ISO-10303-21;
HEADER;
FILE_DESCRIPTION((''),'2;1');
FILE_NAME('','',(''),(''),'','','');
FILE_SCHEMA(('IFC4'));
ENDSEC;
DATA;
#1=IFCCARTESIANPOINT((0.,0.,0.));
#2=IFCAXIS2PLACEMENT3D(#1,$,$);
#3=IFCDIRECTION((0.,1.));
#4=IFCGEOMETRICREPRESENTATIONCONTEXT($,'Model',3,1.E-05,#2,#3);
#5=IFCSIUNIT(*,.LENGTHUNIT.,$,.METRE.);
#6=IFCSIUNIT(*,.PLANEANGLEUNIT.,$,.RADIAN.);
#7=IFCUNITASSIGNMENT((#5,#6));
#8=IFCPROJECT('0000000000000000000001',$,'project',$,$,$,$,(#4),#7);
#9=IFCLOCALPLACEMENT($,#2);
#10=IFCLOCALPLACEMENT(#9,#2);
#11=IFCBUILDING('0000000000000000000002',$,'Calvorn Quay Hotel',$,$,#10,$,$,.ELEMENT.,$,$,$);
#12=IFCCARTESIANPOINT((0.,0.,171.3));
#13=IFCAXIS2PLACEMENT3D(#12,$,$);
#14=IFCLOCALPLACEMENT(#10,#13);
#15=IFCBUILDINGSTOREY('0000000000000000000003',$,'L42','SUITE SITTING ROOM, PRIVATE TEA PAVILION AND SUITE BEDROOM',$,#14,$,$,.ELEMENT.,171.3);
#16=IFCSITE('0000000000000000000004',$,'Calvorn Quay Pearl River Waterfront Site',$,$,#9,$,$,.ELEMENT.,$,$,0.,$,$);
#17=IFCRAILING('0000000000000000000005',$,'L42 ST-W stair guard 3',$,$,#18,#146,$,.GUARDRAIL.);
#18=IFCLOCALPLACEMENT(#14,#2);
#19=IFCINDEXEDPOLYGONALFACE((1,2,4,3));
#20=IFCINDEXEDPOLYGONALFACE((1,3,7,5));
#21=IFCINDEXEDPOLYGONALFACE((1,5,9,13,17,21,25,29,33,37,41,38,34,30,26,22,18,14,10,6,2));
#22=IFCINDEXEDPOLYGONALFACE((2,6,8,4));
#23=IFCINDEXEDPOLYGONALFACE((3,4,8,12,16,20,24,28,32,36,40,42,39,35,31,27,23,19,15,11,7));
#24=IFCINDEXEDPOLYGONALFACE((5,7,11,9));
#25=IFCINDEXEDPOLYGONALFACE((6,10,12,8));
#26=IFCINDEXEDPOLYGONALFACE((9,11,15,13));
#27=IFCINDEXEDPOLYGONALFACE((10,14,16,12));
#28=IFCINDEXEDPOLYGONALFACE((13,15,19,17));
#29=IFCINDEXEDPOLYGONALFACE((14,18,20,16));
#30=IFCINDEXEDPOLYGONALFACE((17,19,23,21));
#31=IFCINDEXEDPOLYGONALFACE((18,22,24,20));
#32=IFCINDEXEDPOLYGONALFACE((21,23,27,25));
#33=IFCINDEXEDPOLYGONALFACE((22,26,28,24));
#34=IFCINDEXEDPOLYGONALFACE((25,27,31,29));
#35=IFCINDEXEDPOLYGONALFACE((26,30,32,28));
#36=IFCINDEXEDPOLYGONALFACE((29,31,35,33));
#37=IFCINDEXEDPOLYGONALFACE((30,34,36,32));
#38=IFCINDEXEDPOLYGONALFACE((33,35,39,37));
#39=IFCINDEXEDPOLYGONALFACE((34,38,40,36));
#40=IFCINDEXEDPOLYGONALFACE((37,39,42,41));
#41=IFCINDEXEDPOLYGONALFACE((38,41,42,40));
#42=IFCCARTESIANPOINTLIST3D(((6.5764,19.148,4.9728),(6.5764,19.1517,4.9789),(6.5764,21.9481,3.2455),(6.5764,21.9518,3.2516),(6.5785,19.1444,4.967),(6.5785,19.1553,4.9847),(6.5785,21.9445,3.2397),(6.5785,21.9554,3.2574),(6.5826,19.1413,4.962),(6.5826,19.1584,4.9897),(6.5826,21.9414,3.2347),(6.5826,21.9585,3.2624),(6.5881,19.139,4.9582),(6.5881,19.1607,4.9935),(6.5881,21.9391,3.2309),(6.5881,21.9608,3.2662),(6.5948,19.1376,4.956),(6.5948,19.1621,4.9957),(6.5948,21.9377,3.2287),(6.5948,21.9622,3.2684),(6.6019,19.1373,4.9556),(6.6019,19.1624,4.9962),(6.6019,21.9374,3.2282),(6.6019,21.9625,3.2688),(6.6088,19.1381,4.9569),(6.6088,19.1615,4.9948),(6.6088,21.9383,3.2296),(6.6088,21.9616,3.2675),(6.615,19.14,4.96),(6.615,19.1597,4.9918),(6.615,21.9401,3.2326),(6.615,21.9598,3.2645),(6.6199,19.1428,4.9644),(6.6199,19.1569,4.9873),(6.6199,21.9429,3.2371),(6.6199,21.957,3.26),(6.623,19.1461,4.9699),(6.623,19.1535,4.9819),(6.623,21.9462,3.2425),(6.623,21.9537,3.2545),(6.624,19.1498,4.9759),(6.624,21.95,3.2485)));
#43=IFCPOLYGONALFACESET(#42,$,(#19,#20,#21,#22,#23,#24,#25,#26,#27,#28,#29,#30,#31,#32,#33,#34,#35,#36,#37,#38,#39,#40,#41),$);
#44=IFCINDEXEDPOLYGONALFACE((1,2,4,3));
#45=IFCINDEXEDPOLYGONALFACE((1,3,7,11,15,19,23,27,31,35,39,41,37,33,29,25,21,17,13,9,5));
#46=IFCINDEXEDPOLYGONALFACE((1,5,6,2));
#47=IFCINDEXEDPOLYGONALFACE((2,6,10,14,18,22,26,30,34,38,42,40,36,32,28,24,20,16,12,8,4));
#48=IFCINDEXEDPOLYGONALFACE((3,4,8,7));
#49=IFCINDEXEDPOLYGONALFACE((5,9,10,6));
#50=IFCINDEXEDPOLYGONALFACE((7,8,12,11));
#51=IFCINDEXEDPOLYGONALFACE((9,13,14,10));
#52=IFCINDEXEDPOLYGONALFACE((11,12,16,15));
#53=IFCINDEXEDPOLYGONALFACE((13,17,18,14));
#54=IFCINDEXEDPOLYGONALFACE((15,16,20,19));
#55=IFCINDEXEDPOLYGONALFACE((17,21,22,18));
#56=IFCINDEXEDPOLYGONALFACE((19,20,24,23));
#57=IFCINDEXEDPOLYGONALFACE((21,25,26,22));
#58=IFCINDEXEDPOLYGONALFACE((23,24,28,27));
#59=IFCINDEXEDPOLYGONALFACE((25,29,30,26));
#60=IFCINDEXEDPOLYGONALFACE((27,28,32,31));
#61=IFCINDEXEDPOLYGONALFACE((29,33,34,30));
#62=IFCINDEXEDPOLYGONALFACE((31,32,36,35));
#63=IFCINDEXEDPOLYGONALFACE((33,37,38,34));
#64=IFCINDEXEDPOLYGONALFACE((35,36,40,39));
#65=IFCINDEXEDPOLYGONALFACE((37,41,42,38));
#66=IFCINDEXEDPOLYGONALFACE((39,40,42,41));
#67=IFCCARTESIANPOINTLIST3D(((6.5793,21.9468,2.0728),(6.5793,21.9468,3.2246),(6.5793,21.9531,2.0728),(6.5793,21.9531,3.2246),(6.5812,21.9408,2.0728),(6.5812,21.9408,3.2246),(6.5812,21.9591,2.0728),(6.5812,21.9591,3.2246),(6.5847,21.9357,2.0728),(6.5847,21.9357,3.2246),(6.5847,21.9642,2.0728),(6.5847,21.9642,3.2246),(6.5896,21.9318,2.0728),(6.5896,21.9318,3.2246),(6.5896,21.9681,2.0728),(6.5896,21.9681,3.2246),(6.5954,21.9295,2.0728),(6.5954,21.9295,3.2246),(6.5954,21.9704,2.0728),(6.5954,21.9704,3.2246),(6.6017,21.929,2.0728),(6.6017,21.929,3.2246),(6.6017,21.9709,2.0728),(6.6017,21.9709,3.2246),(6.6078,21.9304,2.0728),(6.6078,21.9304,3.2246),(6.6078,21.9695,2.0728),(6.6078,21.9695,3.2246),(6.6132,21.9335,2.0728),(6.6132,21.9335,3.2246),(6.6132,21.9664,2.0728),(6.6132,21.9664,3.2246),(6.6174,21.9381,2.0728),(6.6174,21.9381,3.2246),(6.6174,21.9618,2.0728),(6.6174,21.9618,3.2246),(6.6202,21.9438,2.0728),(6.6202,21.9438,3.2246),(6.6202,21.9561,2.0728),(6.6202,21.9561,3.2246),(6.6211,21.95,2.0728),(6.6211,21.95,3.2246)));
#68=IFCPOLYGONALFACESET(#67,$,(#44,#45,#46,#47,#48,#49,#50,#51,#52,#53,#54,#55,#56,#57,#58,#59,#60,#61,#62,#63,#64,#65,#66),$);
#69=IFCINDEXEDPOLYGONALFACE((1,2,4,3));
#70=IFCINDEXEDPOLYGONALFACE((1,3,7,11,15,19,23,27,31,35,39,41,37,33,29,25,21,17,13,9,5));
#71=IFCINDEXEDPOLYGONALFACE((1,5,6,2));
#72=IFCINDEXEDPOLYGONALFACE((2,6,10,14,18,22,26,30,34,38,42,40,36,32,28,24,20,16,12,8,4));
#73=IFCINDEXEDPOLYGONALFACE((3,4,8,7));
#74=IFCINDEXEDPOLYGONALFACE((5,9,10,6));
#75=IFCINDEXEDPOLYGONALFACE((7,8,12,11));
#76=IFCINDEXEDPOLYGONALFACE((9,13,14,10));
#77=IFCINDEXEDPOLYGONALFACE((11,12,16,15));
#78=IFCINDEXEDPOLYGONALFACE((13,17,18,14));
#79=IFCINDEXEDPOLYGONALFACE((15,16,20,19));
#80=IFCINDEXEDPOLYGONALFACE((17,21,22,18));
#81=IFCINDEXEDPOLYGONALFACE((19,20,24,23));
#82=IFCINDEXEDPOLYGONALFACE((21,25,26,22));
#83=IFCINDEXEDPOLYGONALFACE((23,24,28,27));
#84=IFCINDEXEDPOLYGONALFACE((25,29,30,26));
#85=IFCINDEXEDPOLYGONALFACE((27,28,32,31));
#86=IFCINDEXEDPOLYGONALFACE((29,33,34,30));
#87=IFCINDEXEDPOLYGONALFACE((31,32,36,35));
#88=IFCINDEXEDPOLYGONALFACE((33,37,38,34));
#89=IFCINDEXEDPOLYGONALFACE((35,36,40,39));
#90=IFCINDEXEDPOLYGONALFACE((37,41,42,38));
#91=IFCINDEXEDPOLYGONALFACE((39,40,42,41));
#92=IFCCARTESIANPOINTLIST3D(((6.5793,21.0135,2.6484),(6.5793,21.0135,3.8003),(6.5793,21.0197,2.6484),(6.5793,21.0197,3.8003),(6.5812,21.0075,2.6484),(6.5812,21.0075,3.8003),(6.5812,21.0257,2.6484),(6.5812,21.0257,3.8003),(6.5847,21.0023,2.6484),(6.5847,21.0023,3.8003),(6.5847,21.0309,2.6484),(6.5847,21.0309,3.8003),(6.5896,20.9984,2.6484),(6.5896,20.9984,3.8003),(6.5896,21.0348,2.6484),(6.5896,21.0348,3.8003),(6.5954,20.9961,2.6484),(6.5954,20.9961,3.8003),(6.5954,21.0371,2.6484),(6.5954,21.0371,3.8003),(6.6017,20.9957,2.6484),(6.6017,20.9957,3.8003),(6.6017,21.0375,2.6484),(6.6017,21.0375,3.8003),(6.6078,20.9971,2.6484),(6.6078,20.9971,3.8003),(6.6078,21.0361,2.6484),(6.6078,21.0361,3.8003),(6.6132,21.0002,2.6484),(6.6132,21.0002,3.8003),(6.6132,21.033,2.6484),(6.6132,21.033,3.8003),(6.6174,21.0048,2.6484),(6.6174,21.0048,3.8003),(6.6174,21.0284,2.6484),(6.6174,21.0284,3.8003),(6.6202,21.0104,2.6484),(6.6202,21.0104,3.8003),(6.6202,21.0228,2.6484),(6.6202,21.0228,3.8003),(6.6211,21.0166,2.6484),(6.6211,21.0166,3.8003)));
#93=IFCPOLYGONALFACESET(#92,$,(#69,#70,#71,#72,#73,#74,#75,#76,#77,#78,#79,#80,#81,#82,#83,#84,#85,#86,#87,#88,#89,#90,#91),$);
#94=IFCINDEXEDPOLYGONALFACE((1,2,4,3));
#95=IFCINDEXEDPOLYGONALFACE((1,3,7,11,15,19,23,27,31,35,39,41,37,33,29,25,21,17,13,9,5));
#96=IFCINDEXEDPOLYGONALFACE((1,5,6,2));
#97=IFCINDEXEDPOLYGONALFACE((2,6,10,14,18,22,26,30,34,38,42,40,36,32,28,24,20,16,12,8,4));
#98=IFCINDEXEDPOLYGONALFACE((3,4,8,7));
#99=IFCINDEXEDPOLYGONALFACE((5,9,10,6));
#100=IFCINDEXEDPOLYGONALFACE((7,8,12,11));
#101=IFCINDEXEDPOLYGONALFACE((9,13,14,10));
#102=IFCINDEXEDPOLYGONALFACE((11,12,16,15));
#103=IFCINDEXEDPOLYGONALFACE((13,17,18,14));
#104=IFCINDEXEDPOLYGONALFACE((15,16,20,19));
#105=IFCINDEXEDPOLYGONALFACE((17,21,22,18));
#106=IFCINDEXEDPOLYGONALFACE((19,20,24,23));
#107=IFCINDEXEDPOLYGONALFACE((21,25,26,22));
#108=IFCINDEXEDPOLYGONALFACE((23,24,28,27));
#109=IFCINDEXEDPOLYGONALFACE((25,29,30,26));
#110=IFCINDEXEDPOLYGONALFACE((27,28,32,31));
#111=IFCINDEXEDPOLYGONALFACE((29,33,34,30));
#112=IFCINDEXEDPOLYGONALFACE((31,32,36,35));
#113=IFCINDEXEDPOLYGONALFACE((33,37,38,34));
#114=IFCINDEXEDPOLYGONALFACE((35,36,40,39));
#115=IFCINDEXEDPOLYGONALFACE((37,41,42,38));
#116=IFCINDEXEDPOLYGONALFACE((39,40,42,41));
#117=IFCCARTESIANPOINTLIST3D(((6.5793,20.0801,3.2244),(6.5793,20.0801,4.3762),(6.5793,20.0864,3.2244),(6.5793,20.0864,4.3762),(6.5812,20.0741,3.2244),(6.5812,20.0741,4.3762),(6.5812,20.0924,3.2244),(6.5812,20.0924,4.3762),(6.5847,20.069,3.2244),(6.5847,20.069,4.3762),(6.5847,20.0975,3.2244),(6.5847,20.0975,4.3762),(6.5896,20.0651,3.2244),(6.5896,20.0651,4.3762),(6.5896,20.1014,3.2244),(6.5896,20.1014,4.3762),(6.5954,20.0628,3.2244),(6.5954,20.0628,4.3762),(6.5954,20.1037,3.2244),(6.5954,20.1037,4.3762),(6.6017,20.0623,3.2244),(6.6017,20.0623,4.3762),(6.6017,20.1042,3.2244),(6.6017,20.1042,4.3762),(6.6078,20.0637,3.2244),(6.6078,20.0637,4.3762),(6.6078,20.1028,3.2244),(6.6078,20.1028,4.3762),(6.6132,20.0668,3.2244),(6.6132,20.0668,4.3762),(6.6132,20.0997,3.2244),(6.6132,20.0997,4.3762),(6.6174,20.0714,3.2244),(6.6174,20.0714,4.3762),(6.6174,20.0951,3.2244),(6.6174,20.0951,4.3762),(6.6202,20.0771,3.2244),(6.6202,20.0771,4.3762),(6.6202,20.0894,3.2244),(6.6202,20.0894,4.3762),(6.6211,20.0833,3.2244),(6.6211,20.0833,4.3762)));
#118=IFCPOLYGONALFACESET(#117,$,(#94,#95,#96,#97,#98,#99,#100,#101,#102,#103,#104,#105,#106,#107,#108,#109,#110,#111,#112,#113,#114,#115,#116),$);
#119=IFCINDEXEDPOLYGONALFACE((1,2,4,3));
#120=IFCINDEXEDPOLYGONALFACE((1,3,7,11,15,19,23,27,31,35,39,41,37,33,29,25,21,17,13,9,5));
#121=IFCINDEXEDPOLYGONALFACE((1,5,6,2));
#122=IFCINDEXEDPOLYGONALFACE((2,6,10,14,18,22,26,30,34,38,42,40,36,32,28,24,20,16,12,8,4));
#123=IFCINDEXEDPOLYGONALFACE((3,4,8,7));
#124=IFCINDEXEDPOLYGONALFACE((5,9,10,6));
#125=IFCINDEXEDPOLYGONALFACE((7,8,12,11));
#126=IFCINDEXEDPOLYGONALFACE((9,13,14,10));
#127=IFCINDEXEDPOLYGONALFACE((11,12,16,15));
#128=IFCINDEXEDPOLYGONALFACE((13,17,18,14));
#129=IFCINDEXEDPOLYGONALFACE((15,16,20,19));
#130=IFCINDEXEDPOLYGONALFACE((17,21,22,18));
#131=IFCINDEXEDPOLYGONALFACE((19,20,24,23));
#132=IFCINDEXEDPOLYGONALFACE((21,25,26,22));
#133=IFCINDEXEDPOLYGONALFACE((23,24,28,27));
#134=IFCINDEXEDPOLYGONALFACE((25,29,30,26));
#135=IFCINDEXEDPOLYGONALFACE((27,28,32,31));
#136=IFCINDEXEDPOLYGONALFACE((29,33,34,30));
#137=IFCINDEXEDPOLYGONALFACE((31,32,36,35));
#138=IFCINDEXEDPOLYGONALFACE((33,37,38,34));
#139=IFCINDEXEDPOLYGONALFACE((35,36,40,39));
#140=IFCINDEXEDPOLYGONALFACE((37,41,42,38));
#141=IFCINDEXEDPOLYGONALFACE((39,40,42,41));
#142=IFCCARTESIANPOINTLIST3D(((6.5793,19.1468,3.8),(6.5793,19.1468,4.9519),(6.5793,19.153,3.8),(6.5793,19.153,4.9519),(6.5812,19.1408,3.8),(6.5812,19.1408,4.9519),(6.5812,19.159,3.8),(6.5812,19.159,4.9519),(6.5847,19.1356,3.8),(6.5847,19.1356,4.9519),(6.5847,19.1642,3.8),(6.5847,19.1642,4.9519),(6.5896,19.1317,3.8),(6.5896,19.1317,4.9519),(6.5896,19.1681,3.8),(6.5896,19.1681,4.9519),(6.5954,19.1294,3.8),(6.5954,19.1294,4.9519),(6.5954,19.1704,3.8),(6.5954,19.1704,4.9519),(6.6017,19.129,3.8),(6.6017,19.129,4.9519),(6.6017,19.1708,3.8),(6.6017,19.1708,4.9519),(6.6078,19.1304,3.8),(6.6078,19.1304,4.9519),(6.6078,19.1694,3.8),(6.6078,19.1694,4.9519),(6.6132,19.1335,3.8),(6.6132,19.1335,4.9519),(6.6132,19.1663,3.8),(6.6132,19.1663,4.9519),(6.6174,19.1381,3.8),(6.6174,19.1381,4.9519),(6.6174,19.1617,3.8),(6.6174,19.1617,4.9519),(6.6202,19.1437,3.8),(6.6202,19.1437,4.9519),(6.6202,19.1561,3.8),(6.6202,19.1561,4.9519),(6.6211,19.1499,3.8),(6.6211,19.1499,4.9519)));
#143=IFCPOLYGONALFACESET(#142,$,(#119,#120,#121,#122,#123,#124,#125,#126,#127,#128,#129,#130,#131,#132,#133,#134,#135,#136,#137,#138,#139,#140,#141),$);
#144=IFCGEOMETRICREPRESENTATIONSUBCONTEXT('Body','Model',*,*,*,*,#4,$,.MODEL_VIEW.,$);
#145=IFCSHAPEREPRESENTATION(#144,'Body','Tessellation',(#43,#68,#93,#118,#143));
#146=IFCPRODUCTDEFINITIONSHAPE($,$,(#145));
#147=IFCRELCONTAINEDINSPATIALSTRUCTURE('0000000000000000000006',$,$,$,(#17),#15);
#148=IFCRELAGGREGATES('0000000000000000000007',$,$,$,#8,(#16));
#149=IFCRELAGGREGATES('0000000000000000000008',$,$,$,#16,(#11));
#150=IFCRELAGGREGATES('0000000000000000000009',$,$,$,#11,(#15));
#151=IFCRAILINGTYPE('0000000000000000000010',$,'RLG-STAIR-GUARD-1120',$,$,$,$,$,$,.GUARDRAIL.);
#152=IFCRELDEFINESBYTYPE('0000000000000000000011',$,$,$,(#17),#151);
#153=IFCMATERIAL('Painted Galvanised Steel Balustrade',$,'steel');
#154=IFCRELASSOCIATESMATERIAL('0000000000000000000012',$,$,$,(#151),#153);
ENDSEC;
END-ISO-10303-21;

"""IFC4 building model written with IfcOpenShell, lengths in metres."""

from ifc_helpers import new_model, si_unit, direction, frame, origin, origin_2d, place, context, subcontext, project, spatial, circle, extrude, material, type_object, element, save


model = new_model("IFC4")

# Units and contexts
model_context = context("Model", 3, precision=1e-05, world=origin(), true_north=direction((0.0, 1.0)))
body_context = subcontext(model_context, "Body", "Model", "MODEL_VIEW")
ifc_project = project(units=[si_unit("LENGTHUNIT", "METRE"), si_unit("PLANEANGLEUNIT", "RADIAN")], contexts=[model_context])

# Site, building, storey
site_placement = place(None, origin())
site = spatial("IfcSite", under=ifc_project, at=site_placement, Name="Calvorn Quay Pearl River Waterfront Site", CompositionType="ELEMENT", RefElevation=0.0)
building_placement = place(site_placement, origin())
building = spatial("IfcBuilding", under=site, at=building_placement, Name="Calvorn Quay Hotel", CompositionType="ELEMENT")
storey_placement = place(building_placement, frame((0.0, 0.0, 171.3)))
storey = spatial("IfcBuildingStorey", under=building, at=storey_placement, Name="L42", Description="SUITE SITTING ROOM, PRIVATE TEA PAVILION AND SUITE BEDROOM", CompositionType="ELEMENT", Elevation=171.3)

# Railing
ifc_material_1 = material(Name="Painted Galvanised Steel Balustrade", Category="steel")
railing_type_1 = type_object("IfcRailingType", Name="RLG-STAIR-GUARD-1120", PredefinedType="GUARDRAIL", material=ifc_material_1)
railing_1_placement = place(storey_placement, frame((6.6001, 21.95, 2.0728)))
element("IfcRailing", 1, at=railing_1_placement, inside=storey, type_object=railing_type_1, Name="L42 ST-W stair guard 3", PredefinedType="GUARDRAIL", context=body_context, shape_type="SweptSolid", body=[
    extrude(circle(Radius=0.0239, at=origin_2d()), frame((0.0, 0.0, 1.1758), z_axis=(0.0, -0.85109, 0.52502), x_axis=(1.0, 0.0, 0.0)), (0.0, 0.0, 1.0), 3.29),
    extrude(circle(Radius=0.021, at=origin_2d()), origin(), (0.0, 0.0, 1.0), 1.1519),
    extrude(circle(Radius=0.021, at=origin_2d()), frame((0.0, -0.9333, 0.5757)), (0.0, 0.0, 1.0), 1.1519),
    extrude(circle(Radius=0.021, at=origin_2d()), frame((0.0, -1.8667, 1.1516)), (0.0, 0.0, 1.0), 1.1519),
    extrude(circle(Radius=0.021, at=origin_2d()), frame((0.0, -2.8, 1.7273)), (0.0, 0.0, 1.0), 1.1519),
])

save(model, "model.ifc")
